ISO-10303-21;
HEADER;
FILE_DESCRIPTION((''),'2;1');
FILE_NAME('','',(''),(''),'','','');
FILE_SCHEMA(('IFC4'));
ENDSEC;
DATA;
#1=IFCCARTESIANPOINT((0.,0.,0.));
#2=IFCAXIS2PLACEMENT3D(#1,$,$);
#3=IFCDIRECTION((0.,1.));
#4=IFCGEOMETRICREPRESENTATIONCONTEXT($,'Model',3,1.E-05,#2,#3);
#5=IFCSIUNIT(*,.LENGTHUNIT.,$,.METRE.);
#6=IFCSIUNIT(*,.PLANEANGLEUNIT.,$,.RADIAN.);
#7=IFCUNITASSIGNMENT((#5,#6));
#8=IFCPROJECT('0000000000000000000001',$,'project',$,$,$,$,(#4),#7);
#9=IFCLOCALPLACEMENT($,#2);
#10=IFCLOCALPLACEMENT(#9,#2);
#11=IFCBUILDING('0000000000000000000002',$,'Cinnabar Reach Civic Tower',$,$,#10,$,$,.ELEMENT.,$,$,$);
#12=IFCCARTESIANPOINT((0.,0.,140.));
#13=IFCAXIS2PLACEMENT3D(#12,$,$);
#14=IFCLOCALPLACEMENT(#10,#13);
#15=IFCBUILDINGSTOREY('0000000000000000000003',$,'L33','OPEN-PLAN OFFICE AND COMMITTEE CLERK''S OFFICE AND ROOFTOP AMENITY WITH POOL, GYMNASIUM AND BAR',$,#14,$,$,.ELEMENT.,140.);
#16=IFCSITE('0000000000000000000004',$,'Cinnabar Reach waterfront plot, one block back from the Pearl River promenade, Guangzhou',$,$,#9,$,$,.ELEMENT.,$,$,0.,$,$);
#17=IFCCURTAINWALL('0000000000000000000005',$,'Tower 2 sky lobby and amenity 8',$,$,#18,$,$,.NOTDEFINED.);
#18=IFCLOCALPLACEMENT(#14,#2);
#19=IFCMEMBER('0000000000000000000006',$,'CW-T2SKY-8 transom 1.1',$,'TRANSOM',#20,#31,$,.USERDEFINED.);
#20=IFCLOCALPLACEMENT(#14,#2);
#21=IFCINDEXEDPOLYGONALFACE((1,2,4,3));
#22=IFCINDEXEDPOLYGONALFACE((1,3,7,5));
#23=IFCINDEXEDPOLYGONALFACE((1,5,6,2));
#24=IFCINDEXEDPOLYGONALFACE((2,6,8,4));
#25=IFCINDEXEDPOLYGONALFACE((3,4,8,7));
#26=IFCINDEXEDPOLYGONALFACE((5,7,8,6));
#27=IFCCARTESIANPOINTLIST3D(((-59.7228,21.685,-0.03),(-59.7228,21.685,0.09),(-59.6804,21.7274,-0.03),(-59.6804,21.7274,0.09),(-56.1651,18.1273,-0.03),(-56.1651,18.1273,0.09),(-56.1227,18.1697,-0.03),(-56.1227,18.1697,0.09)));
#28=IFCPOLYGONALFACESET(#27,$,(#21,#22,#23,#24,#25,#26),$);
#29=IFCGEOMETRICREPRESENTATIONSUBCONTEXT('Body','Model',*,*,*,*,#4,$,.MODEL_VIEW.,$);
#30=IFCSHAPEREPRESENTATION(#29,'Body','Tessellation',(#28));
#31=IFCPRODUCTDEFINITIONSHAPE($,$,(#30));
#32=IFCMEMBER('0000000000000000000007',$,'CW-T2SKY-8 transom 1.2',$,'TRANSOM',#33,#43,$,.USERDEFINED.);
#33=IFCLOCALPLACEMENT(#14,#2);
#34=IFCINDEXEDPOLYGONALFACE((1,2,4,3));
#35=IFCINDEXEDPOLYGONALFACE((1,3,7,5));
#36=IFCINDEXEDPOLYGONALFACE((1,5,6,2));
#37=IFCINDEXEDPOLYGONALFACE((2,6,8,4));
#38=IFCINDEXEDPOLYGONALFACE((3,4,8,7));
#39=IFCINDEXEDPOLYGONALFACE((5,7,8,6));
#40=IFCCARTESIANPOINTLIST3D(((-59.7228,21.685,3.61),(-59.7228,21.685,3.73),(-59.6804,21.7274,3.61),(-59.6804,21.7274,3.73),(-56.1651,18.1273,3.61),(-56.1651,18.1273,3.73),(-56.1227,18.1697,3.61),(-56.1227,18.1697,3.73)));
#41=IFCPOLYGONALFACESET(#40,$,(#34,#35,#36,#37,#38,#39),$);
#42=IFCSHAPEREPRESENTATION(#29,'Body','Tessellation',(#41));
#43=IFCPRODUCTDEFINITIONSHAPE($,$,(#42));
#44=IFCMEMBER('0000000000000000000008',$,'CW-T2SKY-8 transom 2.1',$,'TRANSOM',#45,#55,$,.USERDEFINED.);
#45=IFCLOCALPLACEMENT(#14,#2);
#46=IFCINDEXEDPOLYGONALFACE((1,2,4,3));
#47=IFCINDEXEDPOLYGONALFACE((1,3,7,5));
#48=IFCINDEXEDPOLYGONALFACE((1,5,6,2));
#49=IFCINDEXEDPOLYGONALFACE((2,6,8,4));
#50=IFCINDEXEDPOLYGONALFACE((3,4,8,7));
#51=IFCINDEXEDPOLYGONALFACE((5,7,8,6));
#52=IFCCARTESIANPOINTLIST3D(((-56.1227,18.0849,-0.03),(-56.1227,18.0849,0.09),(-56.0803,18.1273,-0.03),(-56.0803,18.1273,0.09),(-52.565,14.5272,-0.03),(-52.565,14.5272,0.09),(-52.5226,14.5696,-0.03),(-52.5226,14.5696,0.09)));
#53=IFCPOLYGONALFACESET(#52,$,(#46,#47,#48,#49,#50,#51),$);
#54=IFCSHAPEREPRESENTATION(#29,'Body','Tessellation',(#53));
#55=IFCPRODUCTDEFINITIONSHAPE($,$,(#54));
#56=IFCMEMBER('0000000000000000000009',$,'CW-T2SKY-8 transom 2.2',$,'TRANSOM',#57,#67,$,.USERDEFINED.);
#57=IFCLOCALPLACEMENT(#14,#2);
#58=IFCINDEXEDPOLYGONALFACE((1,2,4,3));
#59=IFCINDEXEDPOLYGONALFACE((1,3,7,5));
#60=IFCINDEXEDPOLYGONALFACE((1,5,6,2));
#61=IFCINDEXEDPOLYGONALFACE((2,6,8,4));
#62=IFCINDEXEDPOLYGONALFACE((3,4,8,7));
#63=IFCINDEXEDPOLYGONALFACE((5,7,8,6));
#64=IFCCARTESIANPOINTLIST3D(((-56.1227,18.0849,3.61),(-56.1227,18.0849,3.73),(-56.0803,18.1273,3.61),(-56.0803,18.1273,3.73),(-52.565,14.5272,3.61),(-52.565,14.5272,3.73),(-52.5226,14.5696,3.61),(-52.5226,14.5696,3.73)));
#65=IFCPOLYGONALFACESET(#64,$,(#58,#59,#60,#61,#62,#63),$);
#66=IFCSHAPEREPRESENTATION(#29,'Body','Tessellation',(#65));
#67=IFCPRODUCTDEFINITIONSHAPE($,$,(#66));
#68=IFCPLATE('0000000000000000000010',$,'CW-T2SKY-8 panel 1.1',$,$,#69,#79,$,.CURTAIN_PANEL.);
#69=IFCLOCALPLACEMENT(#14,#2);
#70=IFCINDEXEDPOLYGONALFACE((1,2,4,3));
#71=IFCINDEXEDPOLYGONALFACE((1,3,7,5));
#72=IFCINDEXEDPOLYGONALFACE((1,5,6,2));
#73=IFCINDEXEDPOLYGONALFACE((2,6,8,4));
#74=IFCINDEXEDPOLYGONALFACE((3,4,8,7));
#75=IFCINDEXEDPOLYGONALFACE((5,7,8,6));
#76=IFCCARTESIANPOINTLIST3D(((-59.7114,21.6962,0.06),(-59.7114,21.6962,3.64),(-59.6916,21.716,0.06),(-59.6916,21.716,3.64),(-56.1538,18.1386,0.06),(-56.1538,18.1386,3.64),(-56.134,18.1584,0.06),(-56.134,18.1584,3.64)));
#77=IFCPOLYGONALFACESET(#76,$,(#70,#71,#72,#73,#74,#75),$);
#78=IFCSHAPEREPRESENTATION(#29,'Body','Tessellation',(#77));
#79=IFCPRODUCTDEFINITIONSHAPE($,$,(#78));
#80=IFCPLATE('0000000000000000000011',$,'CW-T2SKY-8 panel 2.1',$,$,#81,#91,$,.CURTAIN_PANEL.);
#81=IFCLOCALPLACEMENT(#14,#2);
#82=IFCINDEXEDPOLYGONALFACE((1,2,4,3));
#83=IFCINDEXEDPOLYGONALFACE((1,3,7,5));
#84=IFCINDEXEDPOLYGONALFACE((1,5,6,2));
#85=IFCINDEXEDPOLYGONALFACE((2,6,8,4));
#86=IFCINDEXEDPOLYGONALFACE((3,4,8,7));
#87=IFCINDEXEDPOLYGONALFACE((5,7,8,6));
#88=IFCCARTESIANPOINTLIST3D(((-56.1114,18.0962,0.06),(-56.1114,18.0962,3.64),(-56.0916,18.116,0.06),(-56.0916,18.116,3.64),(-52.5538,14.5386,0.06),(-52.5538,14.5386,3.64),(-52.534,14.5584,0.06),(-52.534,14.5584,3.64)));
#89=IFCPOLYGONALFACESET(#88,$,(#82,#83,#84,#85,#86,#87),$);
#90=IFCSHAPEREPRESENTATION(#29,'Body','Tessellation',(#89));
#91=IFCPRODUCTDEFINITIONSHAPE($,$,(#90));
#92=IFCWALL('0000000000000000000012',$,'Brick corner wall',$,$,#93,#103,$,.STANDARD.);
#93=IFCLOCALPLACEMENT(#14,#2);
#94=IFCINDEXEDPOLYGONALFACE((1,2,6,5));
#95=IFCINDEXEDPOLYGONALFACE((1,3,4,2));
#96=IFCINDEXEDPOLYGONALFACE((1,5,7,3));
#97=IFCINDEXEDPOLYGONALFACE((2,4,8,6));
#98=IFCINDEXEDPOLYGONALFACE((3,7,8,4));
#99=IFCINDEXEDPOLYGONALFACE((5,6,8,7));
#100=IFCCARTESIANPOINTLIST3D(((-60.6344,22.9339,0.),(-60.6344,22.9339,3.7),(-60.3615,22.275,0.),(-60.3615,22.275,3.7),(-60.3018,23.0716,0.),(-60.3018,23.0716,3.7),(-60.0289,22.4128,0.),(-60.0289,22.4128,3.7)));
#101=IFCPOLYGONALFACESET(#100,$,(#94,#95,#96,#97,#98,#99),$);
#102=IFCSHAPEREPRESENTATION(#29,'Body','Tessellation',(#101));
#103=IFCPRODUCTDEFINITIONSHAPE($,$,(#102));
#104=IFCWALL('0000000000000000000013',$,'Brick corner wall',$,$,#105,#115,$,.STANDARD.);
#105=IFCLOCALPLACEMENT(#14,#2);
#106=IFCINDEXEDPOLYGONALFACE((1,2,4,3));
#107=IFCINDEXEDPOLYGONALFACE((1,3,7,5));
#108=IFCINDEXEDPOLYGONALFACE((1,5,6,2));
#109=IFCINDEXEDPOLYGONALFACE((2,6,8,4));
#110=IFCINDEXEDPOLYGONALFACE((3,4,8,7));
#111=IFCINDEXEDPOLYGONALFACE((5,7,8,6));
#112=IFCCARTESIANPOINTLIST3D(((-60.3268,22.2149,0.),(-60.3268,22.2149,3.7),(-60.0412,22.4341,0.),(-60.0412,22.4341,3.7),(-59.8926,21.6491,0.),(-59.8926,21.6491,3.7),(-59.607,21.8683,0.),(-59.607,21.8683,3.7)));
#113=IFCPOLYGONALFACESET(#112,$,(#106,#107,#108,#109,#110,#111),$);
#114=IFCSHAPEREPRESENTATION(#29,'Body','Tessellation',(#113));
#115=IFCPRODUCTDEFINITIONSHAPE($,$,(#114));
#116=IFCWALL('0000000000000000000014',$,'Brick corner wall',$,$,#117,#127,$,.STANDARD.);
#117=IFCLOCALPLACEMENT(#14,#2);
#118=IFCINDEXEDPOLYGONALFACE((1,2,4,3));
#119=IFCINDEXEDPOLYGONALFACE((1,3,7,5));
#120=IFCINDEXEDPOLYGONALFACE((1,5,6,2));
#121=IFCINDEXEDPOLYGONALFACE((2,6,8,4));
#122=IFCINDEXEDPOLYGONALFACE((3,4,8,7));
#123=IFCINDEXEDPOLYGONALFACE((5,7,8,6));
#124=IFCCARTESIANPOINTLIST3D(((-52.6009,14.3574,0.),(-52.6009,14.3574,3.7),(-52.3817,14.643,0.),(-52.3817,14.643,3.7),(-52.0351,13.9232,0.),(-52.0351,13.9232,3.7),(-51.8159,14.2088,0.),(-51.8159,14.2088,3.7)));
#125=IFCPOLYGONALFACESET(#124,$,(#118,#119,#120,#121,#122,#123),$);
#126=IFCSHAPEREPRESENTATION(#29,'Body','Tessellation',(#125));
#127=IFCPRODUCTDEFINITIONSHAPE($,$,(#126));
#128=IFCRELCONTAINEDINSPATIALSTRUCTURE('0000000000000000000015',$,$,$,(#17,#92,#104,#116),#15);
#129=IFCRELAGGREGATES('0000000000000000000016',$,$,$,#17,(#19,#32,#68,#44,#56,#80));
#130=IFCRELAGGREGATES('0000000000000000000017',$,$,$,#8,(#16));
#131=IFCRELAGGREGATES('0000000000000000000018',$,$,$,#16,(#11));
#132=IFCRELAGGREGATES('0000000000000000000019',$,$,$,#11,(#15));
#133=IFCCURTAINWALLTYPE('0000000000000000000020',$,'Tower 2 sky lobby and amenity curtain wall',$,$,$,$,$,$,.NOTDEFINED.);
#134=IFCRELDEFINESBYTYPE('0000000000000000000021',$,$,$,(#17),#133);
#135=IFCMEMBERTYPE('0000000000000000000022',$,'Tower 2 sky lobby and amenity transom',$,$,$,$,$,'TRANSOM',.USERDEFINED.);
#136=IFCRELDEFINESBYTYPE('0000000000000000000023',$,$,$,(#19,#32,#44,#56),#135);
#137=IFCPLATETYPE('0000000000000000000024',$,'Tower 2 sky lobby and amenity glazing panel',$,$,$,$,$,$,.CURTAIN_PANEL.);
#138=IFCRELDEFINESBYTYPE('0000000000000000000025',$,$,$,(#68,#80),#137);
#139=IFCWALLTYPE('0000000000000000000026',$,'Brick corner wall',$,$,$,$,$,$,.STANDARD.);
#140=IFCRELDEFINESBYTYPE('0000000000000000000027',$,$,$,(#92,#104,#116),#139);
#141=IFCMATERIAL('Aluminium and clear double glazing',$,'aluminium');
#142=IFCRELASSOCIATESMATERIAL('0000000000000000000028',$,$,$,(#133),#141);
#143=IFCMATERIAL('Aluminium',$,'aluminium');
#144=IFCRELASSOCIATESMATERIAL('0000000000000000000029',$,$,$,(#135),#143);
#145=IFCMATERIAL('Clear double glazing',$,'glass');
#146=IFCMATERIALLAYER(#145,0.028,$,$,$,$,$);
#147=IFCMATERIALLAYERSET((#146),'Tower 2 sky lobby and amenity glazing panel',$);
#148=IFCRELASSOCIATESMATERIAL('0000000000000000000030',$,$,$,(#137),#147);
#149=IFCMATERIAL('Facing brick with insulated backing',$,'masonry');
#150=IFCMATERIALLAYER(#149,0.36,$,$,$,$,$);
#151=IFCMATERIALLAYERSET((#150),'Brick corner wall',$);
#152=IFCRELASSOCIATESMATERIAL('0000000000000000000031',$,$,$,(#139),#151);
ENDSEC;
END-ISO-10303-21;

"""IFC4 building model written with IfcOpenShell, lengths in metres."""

from ifc_helpers import new_model, si_unit, direction, frame, frame_2d, origin, origin_2d, place, context, subcontext, project, spatial, rectangle, extrude, material, layer, layer_set, material_profile, profile_set, type_object, element, aggregate, save


model = new_model("IFC4")

# Units and contexts
model_context = context("Model", 3, precision=1e-05, world=origin(), true_north=direction((0.0, 1.0)))
body_context = subcontext(model_context, "Body", "Model", "MODEL_VIEW")
ifc_project = project(units=[si_unit("LENGTHUNIT", "METRE"), si_unit("PLANEANGLEUNIT", "RADIAN")], contexts=[model_context])

# Site, building, storey
site_placement = place(None, origin())
site = spatial("IfcSite", under=ifc_project, at=site_placement, Name="Cinnabar Reach waterfront plot, one block back from the Pearl River promenade, Guangzhou", CompositionType="ELEMENT", RefElevation=0.0)
building_placement = place(site_placement, origin())
building = spatial("IfcBuilding", under=site, at=building_placement, Name="Cinnabar Reach Civic Tower", CompositionType="ELEMENT")
storey_placement = place(building_placement, frame((0.0, 0.0, 140.0)))
storey = spatial("IfcBuildingStorey", under=building, at=storey_placement, Name="L33", Description="OPEN-PLAN OFFICE AND COMMITTEE CLERK'S OFFICE AND ROOFTOP AMENITY WITH POOL, GYMNASIUM AND BAR", CompositionType="ELEMENT", Elevation=140.0)

# Curtain wall, members, plates
ifc_material_1 = material(Name="Aluminium and clear double glazing", Category="aluminium")
curtain_wall_type = type_object("IfcCurtainWallType", Name="Tower 2 sky lobby and amenity curtain wall", PredefinedType="NOTDEFINED", material=ifc_material_1)
curtain_wall_placement = place(storey_placement, origin())
curtain_wall = element("IfcCurtainWall", 1, at=curtain_wall_placement, inside=storey, type_object=curtain_wall_type, Name="Tower 2 sky lobby and amenity 8", PredefinedType="NOTDEFINED")
ifc_material_2 = material(Name="Aluminium", Category="aluminium")
ifc_material_profile_1 = material_profile(ifc_material_2, rectangle(XDim=0.06, YDim=0.12, at=origin_2d()), Name="Tower 2 sky lobby and amenity transom")
ifc_profile_set_1 = profile_set([ifc_material_profile_1], Name="Aluminium")
member_type_1 = type_object("IfcMemberType", Name="Tower 2 sky lobby and amenity transom", ElementType="TRANSOM", PredefinedType="USERDEFINED", material=ifc_profile_set_1)
member_1_placement = place(storey_placement, frame((-59.7016, 21.7062, 0.03), z_axis=(0.707107, -0.707107, 0.0), x_axis=(0.707107, 0.707107, 0.0)))
member_1 = element("IfcMember", 2, at=member_1_placement, type_object=member_type_1, Name="CW-T2SKY-8 transom 1.1", ObjectType="TRANSOM", PredefinedType="USERDEFINED", context=body_context, shape_type="SweptSolid", body=[
    extrude(rectangle(XDim=0.06, YDim=0.12, at=origin_2d()), origin(), (0.0, 0.0, 1.0), 5.0313),
])
member_2_placement = place(storey_placement, frame((-59.7016, 21.7062, 3.67), z_axis=(0.707107, -0.707107, 0.0), x_axis=(0.707107, 0.707107, 0.0)))
member_2 = element("IfcMember", 3, at=member_2_placement, type_object=member_type_1, Name="CW-T2SKY-8 transom 1.2", ObjectType="TRANSOM", PredefinedType="USERDEFINED", context=body_context, shape_type="SweptSolid", body=[
    extrude(rectangle(XDim=0.06, YDim=0.12, at=origin_2d()), origin(), (0.0, 0.0, 1.0), 5.0313),
])
member_3_placement = place(storey_placement, frame((-56.1015, 18.1061, 0.03), z_axis=(0.707107, -0.707107, 0.0), x_axis=(0.707107, 0.707107, 0.0)))
member_3 = element("IfcMember", 4, at=member_3_placement, type_object=member_type_1, Name="CW-T2SKY-8 transom 2.1", ObjectType="TRANSOM", PredefinedType="USERDEFINED", context=body_context, shape_type="SweptSolid", body=[
    extrude(rectangle(XDim=0.06, YDim=0.12, at=origin_2d()), origin(), (0.0, 0.0, 1.0), 5.0313),
])
member_4_placement = place(storey_placement, frame((-56.1015, 18.1061, 3.67), z_axis=(0.707107, -0.707107, 0.0), x_axis=(0.707107, 0.707107, 0.0)))
member_4 = element("IfcMember", 5, at=member_4_placement, type_object=member_type_1, Name="CW-T2SKY-8 transom 2.2", ObjectType="TRANSOM", PredefinedType="USERDEFINED", context=body_context, shape_type="SweptSolid", body=[
    extrude(rectangle(XDim=0.06, YDim=0.12, at=origin_2d()), origin(), (0.0, 0.0, 1.0), 5.0313),
])
ifc_material_3 = material(Name="Clear double glazing", Category="glass")
ifc_layer_1 = layer(ifc_material_3, 0.028)
ifc_layer_set_1 = layer_set([ifc_layer_1], Name="Tower 2 sky lobby and amenity glazing panel")
plate_type = type_object("IfcPlateType", Name="Tower 2 sky lobby and amenity glazing panel", PredefinedType="CURTAIN_PANEL", material=ifc_layer_set_1)
plate_1_placement = place(storey_placement, frame((-57.9227, 19.9273, 0.06), z_axis=(0.0, 0.0, 1.0), x_axis=(0.707107, -0.707107, 0.0)))
plate_1 = element("IfcPlate", 6, at=plate_1_placement, type_object=plate_type, Name="CW-T2SKY-8 panel 1.1", PredefinedType="CURTAIN_PANEL", context=body_context, shape_type="SweptSolid", body=[
    extrude(rectangle(XDim=5.0313, YDim=0.028, at=origin_2d()), origin(), (0.0, 0.0, 1.0), 3.58),
])
plate_2_placement = place(storey_placement, frame((-54.3227, 16.3273, 0.06), z_axis=(0.0, 0.0, 1.0), x_axis=(0.707107, -0.707107, 0.0)))
plate_2 = element("IfcPlate", 7, at=plate_2_placement, type_object=plate_type, Name="CW-T2SKY-8 panel 2.1", PredefinedType="CURTAIN_PANEL", context=body_context, shape_type="SweptSolid", body=[
    extrude(rectangle(XDim=5.0313, YDim=0.028, at=origin_2d()), origin(), (0.0, 0.0, 1.0), 3.58),
])
aggregate(curtain_wall, [member_1, member_2, plate_1, member_3, member_4, plate_2])

# Walls
ifc_material_4 = material(Name="Facing brick with insulated backing", Category="masonry")
ifc_layer_2 = layer(ifc_material_4, 0.36)
ifc_layer_set_2 = layer_set([ifc_layer_2], Name="Brick corner wall")
wall_type_1 = type_object("IfcWallType", Name="Brick corner wall", PredefinedType="STANDARD", material=ifc_layer_set_2)
wall_1_placement = place(storey_placement, frame((-60.4681, 23.0027, 0.0), z_axis=(0.0, 0.0, 1.0), x_axis=(0.382703, -0.923872, 0.0)))
element("IfcWall", 8, at=wall_1_placement, inside=storey, type_object=wall_type_1, Name="Brick corner wall", PredefinedType="STANDARD", context=body_context, shape_type="SweptSolid", body=[
    extrude(rectangle(XDim=0.7131, YDim=0.36, at=frame_2d((0.3565, 0.0))), origin(), (0.0, 0.0, 1.0), 3.7),
])
for number, where, z_axis, x_axis, name in (
    (9, (-60.184, 22.3245, 0.0), (0.0, 0.0, 1.0), (0.608802, -0.793322, 0.0), "Brick corner wall"),
    (10, (-52.4913, 14.5002, 0.0), (0.0, 0.0, 1.0), (0.793322, -0.608802, 0.0), "Brick corner wall"),
):
    element("IfcWall", number, at=place(storey_placement, frame(where, z_axis=z_axis, x_axis=x_axis)), inside=storey, type_object=wall_type_1, Name=name, PredefinedType="STANDARD", context=body_context, shape_type="SweptSolid", body=[
        extrude(rectangle(XDim=0.7132, YDim=0.36, at=frame_2d((0.3566, 0.0))), origin(), (0.0, 0.0, 1.0), 3.7),
    ])

save(model, "model.ifc")
